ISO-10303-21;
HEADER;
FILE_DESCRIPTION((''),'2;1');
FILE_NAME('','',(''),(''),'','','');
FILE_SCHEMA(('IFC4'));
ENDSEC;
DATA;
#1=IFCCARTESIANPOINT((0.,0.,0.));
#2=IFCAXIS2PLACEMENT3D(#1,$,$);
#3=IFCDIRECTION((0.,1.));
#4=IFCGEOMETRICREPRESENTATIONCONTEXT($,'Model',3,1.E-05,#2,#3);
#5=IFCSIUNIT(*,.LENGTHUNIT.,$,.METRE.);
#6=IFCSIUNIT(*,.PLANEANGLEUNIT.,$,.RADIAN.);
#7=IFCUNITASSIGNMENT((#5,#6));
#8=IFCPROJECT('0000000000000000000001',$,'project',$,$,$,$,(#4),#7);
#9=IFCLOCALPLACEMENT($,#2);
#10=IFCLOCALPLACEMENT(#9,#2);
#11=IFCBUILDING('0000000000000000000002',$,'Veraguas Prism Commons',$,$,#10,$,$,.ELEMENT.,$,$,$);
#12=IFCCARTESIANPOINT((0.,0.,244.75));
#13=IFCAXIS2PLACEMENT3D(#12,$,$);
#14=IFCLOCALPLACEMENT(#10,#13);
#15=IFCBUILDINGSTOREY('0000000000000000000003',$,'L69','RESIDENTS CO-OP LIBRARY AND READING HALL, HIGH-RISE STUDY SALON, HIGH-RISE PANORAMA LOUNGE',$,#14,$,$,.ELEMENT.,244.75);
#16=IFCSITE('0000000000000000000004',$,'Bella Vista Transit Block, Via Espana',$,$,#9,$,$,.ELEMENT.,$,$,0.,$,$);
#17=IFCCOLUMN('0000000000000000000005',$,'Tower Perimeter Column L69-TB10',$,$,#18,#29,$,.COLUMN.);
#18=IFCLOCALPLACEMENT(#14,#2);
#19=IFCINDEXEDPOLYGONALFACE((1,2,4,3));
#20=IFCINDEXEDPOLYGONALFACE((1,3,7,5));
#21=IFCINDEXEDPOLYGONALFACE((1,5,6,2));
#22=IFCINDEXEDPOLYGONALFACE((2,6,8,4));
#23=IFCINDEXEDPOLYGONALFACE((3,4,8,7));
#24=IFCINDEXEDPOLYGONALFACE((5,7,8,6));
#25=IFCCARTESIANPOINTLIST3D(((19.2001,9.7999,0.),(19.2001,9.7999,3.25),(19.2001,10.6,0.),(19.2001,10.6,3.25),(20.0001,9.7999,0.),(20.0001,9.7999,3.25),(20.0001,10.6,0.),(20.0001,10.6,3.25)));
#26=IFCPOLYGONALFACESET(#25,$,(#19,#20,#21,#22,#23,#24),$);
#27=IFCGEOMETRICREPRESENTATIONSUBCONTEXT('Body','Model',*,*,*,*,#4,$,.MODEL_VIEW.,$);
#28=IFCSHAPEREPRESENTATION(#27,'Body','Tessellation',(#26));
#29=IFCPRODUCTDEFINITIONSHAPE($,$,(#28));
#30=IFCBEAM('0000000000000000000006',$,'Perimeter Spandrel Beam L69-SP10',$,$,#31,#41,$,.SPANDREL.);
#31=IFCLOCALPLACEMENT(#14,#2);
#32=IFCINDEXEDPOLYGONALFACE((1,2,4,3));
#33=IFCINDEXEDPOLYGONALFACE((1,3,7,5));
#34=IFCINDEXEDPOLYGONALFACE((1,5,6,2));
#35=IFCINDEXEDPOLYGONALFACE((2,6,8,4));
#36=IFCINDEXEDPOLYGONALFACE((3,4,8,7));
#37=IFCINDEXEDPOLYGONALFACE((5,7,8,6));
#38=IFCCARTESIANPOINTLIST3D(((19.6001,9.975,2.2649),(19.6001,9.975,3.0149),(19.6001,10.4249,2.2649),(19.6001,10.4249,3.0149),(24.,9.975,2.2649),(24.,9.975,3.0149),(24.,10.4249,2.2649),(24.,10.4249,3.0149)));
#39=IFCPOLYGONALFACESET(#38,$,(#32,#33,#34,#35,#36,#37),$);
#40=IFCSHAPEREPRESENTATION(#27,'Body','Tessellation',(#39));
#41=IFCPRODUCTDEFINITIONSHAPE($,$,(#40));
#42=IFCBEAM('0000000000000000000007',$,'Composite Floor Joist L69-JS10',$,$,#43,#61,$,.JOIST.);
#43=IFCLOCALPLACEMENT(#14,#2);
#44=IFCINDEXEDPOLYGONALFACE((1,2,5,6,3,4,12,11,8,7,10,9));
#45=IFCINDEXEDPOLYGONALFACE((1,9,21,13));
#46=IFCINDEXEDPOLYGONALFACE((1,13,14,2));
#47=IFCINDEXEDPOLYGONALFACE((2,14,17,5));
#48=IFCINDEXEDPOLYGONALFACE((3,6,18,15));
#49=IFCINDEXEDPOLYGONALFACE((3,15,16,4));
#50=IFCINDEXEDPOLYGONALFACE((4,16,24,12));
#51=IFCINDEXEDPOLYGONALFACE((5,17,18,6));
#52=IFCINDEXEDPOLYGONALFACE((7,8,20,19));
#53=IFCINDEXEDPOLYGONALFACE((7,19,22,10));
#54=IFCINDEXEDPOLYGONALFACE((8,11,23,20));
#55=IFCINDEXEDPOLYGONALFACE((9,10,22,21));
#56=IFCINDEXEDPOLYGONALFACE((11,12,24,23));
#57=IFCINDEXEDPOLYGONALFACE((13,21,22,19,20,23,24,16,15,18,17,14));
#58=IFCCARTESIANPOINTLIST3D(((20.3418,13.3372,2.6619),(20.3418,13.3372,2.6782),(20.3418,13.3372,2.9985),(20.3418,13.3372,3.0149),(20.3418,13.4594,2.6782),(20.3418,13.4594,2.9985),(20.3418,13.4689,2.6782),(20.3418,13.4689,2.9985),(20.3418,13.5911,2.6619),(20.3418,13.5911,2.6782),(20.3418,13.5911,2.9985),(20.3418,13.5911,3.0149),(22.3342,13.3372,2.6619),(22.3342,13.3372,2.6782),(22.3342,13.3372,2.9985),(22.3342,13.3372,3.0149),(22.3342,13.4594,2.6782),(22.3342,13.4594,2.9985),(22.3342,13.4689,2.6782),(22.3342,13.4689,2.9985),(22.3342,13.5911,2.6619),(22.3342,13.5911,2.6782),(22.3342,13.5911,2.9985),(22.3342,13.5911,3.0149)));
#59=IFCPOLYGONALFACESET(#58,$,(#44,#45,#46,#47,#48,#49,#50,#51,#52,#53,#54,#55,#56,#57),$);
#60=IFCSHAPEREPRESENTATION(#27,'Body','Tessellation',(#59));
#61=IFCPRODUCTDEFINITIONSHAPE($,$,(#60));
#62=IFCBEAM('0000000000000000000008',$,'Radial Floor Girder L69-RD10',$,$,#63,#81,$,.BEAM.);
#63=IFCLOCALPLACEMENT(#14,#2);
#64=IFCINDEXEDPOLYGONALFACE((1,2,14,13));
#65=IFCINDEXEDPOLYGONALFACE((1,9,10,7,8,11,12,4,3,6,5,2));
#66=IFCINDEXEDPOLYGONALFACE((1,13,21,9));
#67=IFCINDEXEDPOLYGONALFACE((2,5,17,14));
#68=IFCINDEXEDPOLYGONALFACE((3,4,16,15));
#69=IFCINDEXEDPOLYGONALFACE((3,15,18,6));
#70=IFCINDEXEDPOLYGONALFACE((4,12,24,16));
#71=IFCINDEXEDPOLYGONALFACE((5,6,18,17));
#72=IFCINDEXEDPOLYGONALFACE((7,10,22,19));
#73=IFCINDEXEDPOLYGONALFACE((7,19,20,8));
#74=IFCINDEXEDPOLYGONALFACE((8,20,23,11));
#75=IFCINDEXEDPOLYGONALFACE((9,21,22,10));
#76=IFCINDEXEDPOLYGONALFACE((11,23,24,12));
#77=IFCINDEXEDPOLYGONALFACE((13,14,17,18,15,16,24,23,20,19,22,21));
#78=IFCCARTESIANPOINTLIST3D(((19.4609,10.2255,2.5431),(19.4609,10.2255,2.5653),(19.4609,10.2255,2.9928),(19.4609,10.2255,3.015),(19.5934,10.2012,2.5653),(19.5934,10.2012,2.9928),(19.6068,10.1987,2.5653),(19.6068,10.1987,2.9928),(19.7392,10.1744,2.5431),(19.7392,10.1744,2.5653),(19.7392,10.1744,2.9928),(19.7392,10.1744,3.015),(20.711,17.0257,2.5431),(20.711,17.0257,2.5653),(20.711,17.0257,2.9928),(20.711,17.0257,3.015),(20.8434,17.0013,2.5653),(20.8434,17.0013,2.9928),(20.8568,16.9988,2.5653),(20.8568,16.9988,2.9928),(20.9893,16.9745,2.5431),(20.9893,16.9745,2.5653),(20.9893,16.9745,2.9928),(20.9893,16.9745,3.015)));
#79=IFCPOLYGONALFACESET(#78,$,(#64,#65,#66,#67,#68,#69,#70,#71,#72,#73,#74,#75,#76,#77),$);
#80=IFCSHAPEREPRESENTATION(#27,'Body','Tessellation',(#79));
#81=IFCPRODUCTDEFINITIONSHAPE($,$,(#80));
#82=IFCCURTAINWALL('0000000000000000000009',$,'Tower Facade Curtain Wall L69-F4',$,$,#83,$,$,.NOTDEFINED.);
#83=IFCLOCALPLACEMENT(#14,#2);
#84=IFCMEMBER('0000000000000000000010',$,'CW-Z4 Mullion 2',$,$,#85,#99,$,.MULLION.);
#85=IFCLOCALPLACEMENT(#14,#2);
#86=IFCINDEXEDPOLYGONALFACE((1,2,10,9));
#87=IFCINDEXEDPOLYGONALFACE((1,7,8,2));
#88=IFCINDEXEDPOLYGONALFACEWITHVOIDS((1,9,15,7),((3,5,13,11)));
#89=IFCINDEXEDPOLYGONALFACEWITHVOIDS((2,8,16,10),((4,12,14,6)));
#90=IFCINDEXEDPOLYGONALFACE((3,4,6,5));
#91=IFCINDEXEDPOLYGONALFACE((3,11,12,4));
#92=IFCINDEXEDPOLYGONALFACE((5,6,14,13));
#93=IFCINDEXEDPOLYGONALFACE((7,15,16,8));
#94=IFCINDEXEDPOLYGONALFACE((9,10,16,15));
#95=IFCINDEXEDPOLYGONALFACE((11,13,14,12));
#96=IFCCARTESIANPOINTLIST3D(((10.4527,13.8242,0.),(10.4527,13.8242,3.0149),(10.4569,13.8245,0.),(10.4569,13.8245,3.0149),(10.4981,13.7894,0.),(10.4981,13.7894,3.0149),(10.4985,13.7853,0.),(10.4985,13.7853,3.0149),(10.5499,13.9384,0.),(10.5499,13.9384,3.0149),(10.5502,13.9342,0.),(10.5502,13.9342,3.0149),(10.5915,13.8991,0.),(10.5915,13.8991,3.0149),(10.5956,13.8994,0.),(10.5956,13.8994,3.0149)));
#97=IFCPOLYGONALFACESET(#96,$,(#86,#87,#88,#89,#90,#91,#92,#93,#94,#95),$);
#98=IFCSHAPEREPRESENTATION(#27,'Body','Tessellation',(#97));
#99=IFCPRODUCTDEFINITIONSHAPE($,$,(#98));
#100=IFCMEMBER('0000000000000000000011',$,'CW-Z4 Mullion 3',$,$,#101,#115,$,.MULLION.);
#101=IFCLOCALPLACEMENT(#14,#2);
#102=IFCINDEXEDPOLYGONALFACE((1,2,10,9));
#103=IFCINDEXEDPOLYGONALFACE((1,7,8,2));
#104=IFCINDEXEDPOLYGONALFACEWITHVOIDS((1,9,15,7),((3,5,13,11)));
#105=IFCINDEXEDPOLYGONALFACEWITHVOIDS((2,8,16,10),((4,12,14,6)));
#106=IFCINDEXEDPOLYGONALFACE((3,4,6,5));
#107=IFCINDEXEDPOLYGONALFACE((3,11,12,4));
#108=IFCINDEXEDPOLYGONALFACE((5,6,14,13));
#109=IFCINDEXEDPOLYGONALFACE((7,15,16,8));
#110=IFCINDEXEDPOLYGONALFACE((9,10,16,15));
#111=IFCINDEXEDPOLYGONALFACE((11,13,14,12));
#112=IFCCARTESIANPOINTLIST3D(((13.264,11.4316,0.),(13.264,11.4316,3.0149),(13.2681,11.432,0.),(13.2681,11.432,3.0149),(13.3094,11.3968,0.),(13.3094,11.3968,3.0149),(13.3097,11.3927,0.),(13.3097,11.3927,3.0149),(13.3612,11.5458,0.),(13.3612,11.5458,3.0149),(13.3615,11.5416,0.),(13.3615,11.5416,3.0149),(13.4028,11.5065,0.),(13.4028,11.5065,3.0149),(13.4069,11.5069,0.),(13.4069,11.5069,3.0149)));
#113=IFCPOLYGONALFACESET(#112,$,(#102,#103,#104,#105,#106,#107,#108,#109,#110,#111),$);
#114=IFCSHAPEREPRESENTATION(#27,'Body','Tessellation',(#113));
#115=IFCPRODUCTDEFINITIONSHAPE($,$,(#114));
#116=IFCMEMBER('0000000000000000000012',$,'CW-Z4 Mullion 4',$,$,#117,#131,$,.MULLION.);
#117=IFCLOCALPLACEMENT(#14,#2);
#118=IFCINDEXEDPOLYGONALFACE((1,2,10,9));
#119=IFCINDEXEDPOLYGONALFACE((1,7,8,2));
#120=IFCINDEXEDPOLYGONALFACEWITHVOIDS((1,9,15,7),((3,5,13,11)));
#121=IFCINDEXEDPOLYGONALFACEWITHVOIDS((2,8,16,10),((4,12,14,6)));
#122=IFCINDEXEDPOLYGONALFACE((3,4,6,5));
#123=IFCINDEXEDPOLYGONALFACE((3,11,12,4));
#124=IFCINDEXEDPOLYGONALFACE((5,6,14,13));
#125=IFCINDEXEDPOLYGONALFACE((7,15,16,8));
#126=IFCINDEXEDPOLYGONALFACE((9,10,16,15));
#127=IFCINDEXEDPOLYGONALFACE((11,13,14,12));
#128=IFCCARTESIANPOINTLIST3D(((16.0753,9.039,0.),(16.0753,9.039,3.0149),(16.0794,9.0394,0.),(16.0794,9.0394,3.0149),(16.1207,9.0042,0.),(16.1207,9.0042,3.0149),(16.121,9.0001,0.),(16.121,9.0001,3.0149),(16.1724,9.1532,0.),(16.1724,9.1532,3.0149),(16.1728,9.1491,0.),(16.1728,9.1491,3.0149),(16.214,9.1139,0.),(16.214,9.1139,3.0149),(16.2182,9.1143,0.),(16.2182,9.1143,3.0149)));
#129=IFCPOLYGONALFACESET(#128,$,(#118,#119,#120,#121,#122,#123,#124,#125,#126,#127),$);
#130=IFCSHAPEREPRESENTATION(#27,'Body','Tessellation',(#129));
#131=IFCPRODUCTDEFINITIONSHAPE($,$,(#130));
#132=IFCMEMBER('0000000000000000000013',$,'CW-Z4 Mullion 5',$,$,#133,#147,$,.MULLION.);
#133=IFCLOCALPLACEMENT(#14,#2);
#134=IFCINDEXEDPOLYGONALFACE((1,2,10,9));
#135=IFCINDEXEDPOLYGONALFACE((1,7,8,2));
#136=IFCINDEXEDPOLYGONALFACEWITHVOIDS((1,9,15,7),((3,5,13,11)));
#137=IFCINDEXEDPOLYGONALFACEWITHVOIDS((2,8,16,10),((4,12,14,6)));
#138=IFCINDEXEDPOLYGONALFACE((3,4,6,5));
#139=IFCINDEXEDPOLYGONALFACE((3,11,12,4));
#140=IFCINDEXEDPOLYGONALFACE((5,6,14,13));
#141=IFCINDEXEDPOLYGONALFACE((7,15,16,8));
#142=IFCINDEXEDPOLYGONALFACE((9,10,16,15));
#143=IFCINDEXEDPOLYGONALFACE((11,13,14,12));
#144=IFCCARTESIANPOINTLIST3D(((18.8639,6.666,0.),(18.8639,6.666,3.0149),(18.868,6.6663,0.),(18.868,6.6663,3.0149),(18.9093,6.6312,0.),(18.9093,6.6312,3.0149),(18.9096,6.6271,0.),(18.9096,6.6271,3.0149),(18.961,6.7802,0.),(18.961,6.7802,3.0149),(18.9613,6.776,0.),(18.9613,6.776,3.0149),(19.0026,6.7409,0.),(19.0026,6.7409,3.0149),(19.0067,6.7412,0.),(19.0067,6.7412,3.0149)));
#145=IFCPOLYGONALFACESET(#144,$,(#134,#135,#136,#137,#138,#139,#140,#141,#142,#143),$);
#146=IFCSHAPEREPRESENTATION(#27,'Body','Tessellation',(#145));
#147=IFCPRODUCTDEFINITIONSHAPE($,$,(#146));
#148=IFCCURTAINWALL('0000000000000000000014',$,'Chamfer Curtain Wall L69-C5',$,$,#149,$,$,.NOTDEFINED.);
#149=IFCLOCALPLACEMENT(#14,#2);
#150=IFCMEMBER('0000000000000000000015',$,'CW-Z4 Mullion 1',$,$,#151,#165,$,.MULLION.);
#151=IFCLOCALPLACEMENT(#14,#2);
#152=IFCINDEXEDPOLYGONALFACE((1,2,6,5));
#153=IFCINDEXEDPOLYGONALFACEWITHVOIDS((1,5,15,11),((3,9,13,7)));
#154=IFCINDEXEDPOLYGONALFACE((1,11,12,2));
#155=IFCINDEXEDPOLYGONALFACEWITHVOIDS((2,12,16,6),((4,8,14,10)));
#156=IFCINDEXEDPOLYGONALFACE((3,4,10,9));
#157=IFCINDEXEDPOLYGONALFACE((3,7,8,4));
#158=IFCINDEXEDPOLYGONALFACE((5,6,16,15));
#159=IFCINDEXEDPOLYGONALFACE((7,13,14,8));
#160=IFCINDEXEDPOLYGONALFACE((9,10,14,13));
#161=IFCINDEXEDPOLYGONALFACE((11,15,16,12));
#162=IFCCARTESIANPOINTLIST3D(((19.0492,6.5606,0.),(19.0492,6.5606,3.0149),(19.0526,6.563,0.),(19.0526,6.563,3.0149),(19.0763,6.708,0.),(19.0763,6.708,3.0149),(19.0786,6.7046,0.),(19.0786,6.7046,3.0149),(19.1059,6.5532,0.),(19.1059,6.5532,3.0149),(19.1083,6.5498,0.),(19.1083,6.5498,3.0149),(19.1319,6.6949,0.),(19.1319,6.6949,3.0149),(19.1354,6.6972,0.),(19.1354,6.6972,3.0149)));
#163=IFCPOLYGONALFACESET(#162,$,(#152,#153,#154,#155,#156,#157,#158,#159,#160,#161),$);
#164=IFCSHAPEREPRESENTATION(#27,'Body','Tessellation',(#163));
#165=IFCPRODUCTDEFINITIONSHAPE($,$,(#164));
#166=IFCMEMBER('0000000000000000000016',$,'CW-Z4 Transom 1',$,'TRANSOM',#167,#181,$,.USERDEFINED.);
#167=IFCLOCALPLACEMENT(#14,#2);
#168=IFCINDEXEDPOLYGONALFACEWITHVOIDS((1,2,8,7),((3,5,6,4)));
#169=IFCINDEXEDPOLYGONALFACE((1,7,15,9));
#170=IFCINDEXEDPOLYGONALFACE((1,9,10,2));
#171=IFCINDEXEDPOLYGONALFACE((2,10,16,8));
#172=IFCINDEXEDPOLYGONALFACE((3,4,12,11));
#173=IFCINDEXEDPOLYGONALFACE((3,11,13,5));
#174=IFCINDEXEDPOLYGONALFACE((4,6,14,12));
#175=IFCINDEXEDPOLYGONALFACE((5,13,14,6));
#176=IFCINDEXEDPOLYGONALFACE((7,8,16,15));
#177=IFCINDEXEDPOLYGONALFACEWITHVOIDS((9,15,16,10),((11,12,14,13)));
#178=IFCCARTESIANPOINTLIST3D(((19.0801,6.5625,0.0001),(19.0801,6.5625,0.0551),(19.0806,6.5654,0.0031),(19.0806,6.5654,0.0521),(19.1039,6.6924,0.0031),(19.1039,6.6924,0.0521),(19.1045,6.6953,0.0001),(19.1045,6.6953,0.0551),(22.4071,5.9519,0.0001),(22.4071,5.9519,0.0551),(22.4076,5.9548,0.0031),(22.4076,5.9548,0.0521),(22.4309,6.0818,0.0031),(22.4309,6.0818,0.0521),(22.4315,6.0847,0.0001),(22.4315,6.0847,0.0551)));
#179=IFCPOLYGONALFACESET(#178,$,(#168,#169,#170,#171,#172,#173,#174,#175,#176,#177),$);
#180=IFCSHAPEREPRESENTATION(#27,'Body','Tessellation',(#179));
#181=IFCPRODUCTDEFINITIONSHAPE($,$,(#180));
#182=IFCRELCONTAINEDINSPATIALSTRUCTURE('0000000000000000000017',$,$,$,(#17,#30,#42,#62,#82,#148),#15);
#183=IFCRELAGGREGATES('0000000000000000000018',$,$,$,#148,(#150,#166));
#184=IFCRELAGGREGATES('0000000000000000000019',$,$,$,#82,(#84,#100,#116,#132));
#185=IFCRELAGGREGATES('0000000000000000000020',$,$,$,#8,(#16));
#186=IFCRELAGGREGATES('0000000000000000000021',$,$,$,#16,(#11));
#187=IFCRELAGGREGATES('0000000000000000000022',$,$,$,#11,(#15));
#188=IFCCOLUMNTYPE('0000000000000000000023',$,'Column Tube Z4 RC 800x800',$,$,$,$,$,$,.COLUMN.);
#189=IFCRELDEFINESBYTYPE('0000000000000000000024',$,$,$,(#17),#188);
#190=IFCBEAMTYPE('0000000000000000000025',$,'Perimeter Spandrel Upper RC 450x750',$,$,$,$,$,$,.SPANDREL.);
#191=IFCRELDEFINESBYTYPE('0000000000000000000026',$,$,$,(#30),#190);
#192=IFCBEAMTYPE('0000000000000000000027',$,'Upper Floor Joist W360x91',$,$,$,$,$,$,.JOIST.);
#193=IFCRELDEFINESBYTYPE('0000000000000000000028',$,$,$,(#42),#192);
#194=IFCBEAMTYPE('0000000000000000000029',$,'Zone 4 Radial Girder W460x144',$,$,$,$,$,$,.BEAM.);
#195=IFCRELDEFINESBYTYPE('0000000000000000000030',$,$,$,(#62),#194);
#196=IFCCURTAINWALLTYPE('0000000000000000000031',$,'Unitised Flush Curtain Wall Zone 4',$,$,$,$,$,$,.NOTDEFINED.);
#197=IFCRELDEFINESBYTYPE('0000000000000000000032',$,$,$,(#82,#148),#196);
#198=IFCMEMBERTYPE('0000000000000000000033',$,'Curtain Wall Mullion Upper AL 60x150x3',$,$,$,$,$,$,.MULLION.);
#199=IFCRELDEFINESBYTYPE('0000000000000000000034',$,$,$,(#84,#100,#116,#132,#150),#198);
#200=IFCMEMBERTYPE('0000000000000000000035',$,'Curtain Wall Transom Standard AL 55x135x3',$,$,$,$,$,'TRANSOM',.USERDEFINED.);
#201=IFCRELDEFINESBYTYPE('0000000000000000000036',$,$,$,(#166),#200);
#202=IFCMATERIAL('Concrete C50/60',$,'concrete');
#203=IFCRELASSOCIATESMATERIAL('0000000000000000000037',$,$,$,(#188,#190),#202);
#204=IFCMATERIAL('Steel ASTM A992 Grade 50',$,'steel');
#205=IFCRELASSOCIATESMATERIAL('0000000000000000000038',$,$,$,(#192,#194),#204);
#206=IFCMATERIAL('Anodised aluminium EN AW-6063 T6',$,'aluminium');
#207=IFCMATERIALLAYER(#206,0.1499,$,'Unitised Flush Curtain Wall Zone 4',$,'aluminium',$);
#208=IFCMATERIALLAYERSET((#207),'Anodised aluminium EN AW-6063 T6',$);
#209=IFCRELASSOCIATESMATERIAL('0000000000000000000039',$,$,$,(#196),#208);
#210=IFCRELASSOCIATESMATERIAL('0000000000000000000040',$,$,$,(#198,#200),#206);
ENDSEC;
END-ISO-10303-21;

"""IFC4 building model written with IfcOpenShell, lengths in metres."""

from ifc_helpers import new_model, si_unit, direction, frame, origin, origin_2d, place, context, subcontext, project, spatial, rectangle, hollow_rectangle, i_section, extrude, source, transform, mapped, material, layer, layer_set, material_profile, profile_set, type_object, element, aggregate, save


model = new_model("IFC4")

# Units and contexts
model_context = context("Model", 3, precision=1e-05, world=origin(), true_north=direction((0.0, 1.0)))
body_context = subcontext(model_context, "Body", "Model", "MODEL_VIEW")
ifc_project = project(units=[si_unit("LENGTHUNIT", "METRE"), si_unit("PLANEANGLEUNIT", "RADIAN")], contexts=[model_context])

# Site, building, storey
site_placement = place(None, origin())
site = spatial("IfcSite", under=ifc_project, at=site_placement, Name="Bella Vista Transit Block, Via Espana", CompositionType="ELEMENT", RefElevation=0.0)
building_placement = place(site_placement, origin())
building = spatial("IfcBuilding", under=site, at=building_placement, Name="Veraguas Prism Commons", CompositionType="ELEMENT")
storey_placement = place(building_placement, frame((0.0, 0.0, 244.75)))
storey = spatial("IfcBuildingStorey", under=building, at=storey_placement, Name="L69", Description="RESIDENTS CO-OP LIBRARY AND READING HALL, HIGH-RISE STUDY SALON, HIGH-RISE PANORAMA LOUNGE", CompositionType="ELEMENT", Elevation=244.75)

# Column
ifc_material_1 = material(Name="Concrete C50/60", Category="concrete")
ifc_material_profile_1 = material_profile(ifc_material_1, rectangle(XDim=0.8, YDim=0.8, at=origin_2d()), Name="RC800X800")
ifc_profile_set_1 = profile_set([ifc_material_profile_1], Name="Concrete C50/60")
column_type = type_object("IfcColumnType", Name="Column Tube Z4 RC 800x800", PredefinedType="COLUMN", material=ifc_profile_set_1)
column_placement = place(storey_placement, frame((19.6001, 10.2, 0.0), z_axis=(0.0, 0.0, 1.0), x_axis=(1.0, 0.0, 0.0)))
element("IfcColumn", 1, at=column_placement, inside=storey, type_object=column_type, Name="Tower Perimeter Column L69-TB10", PredefinedType="COLUMN", context=body_context, shape_type="SweptSolid", body=[
    extrude(rectangle(XDim=0.8, YDim=0.8, at=origin_2d()), origin(), (0.0, 0.0, 1.0), 3.25),
])

# Beams
ifc_material_profile_2 = material_profile(ifc_material_1, rectangle(XDim=0.45, YDim=0.75, at=origin_2d()), Name="RC450X750")
ifc_profile_set_2 = profile_set([ifc_material_profile_2], Name="Concrete C50/60")
beam_type_1 = type_object("IfcBeamType", Name="Perimeter Spandrel Upper RC 450x750", PredefinedType="SPANDREL", material=ifc_profile_set_2)
beam_1_placement = place(storey_placement, frame((19.6001, 10.2, 2.6399), z_axis=(1.0, 0.0, 0.0), x_axis=(0.0, 1.0, 0.0)))
element("IfcBeam", 2, at=beam_1_placement, inside=storey, type_object=beam_type_1, Name="Perimeter Spandrel Beam L69-SP10", PredefinedType="SPANDREL", context=body_context, shape_type="SweptSolid", body=[
    extrude(rectangle(XDim=0.45, YDim=0.75, at=origin_2d()), origin(), (0.0, 0.0, 1.0), 4.3999),
])
ifc_material_2 = material(Name="Steel ASTM A992 Grade 50", Category="steel")
ifc_material_profile_3 = material_profile(ifc_material_2, i_section(OverallWidth=0.2539, OverallDepth=0.353, WebThickness=0.0095, FlangeThickness=0.0164, at=origin_2d()), Name="W360X91")
ifc_profile_set_3 = profile_set([ifc_material_profile_3], Name="Steel ASTM A992 Grade 50")
beam_type_2 = type_object("IfcBeamType", Name="Upper Floor Joist W360x91", PredefinedType="JOIST", material=ifc_profile_set_3)
beam_2_placement = place(storey_placement, frame((20.3418, 13.4641, 2.8384), z_axis=(1.0, 0.0, 0.0), x_axis=(0.0, 1.0, 0.0)))
element("IfcBeam", 3, at=beam_2_placement, inside=storey, type_object=beam_type_2, Name="Composite Floor Joist L69-JS10", PredefinedType="JOIST", context=body_context, shape_type="SweptSolid", body=[
    extrude(i_section(OverallWidth=0.2539, OverallDepth=0.353, WebThickness=0.0095, FlangeThickness=0.0164, at=origin_2d()), origin(), (0.0, 0.0, 1.0), 1.9924),
])
ifc_material_profile_4 = material_profile(ifc_material_2, i_section(OverallWidth=0.283, OverallDepth=0.4719, WebThickness=0.0137, FlangeThickness=0.0222, at=origin_2d()), Name="W460X144")
ifc_profile_set_4 = profile_set([ifc_material_profile_4], Name="Steel ASTM A992 Grade 50")
beam_type_3 = type_object("IfcBeamType", Name="Zone 4 Radial Girder W460x144", PredefinedType="BEAM", material=ifc_profile_set_4)
beam_3_placement = place(storey_placement, frame((19.6001, 10.2, 2.7791), z_axis=(0.180793, 0.983521, 0.0), x_axis=(-0.983521, 0.180793, 0.0)))
element("IfcBeam", 4, at=beam_3_placement, inside=storey, type_object=beam_type_3, Name="Radial Floor Girder L69-RD10", PredefinedType="BEAM", context=body_context, shape_type="SweptSolid", body=[
    extrude(i_section(OverallWidth=0.283, OverallDepth=0.4719, WebThickness=0.0137, FlangeThickness=0.0222, at=origin_2d()), origin(), (0.0, 0.0, 1.0), 6.9141),
])

# Curtain walls, members
ifc_material_3 = material(Name="Anodised aluminium EN AW-6063 T6", Category="aluminium")
ifc_layer_1 = layer(ifc_material_3, 0.1499, Name="Unitised Flush Curtain Wall Zone 4", Category="aluminium")
ifc_layer_set_1 = layer_set([ifc_layer_1], Name="Anodised aluminium EN AW-6063 T6")
curtain_wall_type = type_object("IfcCurtainWallType", Name="Unitised Flush Curtain Wall Zone 4", PredefinedType="NOTDEFINED", material=ifc_layer_set_1)
curtain_wall_1_placement = place(storey_placement, origin())
curtain_wall_1 = element("IfcCurtainWall", 5, at=curtain_wall_1_placement, inside=storey, type_object=curtain_wall_type, Name="Tower Facade Curtain Wall L69-F4", PredefinedType="NOTDEFINED")
ifc_material_profile_5 = material_profile(ifc_material_3, hollow_rectangle(XDim=0.0601, YDim=0.1499, WallThickness=0.0029, at=origin_2d()), Name="AL60X150X3")
ifc_profile_set_5 = profile_set([ifc_material_profile_5], Name="Anodised aluminium EN AW-6063 T6")
member_type_1 = type_object("IfcMemberType", Name="Curtain Wall Mullion Upper AL 60x150x3", PredefinedType="MULLION", material=ifc_profile_set_5)
shared_shape_1 = source(origin(), body_context, "Body", "SweptSolid", [
    extrude(hollow_rectangle(XDim=0.0601, YDim=0.1499, WallThickness=0.0029, at=origin_2d()), origin(), (0.0, 0.0, 1.0), 3.0149),
])
member_1_placement = place(storey_placement, frame((10.5242, 13.8618, 0.0), z_axis=(0.0, 0.0, 1.0), x_axis=(0.761538, -0.64812, 0.0)))
member_1 = element("IfcMember", 6, at=member_1_placement, type_object=member_type_1, Name="CW-Z4 Mullion 2", PredefinedType="MULLION", context=body_context, shape_type="MappedRepresentation", body=[
    mapped(shared_shape_1, transform((0.0, 0.0, 0.0), scale=1.0)),
])
member_2_placement = place(storey_placement, frame((13.3354, 11.4692, 0.0), z_axis=(0.0, 0.0, 1.0), x_axis=(0.761538, -0.64812, 0.0)))
member_2 = element("IfcMember", 7, at=member_2_placement, type_object=member_type_1, Name="CW-Z4 Mullion 3", PredefinedType="MULLION", context=body_context, shape_type="MappedRepresentation", body=[
    mapped(shared_shape_1, transform((0.0, 0.0, 0.0), scale=1.0)),
])
member_3_placement = place(storey_placement, frame((16.1467, 9.0767, 0.0), z_axis=(0.0, 0.0, 1.0), x_axis=(0.761538, -0.64812, 0.0)))
member_3 = element("IfcMember", 8, at=member_3_placement, type_object=member_type_1, Name="CW-Z4 Mullion 4", PredefinedType="MULLION", context=body_context, shape_type="MappedRepresentation", body=[
    mapped(shared_shape_1, transform((0.0, 0.0, 0.0), scale=1.0)),
])
member_4_placement = place(storey_placement, frame((18.9353, 6.7036, 0.0), z_axis=(0.0, 0.0, 1.0), x_axis=(0.761538, -0.64812, 0.0)))
member_4 = element("IfcMember", 9, at=member_4_placement, type_object=member_type_1, Name="CW-Z4 Mullion 5", PredefinedType="MULLION", context=body_context, shape_type="MappedRepresentation", body=[
    mapped(shared_shape_1, transform((0.0, 0.0, 0.0), scale=1.0)),
])
curtain_wall_2_placement = place(storey_placement, origin())
curtain_wall_2 = element("IfcCurtainWall", 10, at=curtain_wall_2_placement, inside=storey, type_object=curtain_wall_type, Name="Chamfer Curtain Wall L69-C5", PredefinedType="NOTDEFINED")
member_5_placement = place(storey_placement, frame((19.0923, 6.6289, 0.0), z_axis=(0.0, 0.0, 1.0), x_axis=(0.983569, -0.180535, 0.0)))
member_5 = element("IfcMember", 11, at=member_5_placement, type_object=member_type_1, Name="CW-Z4 Mullion 1", PredefinedType="MULLION", context=body_context, shape_type="MappedRepresentation", body=[
    mapped(shared_shape_1, transform((0.0, 0.0, 0.0), scale=1.0)),
])
ifc_material_profile_6 = material_profile(ifc_material_3, hollow_rectangle(XDim=0.0549, YDim=0.135, WallThickness=0.0029, at=origin_2d()), Name="AL55X135X3")
ifc_profile_set_6 = profile_set([ifc_material_profile_6], Name="Anodised aluminium EN AW-6063 T6")
member_type_2 = type_object("IfcMemberType", Name="Curtain Wall Transom Standard AL 55x135x3", ElementType="TRANSOM", PredefinedType="USERDEFINED", material=ifc_profile_set_6)
shared_shape_2 = source(origin(), body_context, "Body", "SweptSolid", [
    extrude(hollow_rectangle(XDim=0.0549, YDim=0.135, WallThickness=0.0029, at=origin_2d()), origin(), (0.0, 0.0, 1.0), 3.3826),
])
member_6_placement = place(storey_placement, frame((19.0923, 6.6289, 0.0276), z_axis=(0.983572, -0.180518, 0.0), x_axis=(0.0, 0.0, 1.0)))
member_6 = element("IfcMember", 12, at=member_6_placement, type_object=member_type_2, Name="CW-Z4 Transom 1", ObjectType="TRANSOM", PredefinedType="USERDEFINED", context=body_context, shape_type="MappedRepresentation", body=[
    mapped(shared_shape_2, transform((0.0, 0.0, 0.0), scale=1.0)),
])
aggregate(curtain_wall_2, [member_5, member_6])

aggregate(curtain_wall_1, [member_1, member_2, member_3, member_4])

save(model, "model.ifc")
